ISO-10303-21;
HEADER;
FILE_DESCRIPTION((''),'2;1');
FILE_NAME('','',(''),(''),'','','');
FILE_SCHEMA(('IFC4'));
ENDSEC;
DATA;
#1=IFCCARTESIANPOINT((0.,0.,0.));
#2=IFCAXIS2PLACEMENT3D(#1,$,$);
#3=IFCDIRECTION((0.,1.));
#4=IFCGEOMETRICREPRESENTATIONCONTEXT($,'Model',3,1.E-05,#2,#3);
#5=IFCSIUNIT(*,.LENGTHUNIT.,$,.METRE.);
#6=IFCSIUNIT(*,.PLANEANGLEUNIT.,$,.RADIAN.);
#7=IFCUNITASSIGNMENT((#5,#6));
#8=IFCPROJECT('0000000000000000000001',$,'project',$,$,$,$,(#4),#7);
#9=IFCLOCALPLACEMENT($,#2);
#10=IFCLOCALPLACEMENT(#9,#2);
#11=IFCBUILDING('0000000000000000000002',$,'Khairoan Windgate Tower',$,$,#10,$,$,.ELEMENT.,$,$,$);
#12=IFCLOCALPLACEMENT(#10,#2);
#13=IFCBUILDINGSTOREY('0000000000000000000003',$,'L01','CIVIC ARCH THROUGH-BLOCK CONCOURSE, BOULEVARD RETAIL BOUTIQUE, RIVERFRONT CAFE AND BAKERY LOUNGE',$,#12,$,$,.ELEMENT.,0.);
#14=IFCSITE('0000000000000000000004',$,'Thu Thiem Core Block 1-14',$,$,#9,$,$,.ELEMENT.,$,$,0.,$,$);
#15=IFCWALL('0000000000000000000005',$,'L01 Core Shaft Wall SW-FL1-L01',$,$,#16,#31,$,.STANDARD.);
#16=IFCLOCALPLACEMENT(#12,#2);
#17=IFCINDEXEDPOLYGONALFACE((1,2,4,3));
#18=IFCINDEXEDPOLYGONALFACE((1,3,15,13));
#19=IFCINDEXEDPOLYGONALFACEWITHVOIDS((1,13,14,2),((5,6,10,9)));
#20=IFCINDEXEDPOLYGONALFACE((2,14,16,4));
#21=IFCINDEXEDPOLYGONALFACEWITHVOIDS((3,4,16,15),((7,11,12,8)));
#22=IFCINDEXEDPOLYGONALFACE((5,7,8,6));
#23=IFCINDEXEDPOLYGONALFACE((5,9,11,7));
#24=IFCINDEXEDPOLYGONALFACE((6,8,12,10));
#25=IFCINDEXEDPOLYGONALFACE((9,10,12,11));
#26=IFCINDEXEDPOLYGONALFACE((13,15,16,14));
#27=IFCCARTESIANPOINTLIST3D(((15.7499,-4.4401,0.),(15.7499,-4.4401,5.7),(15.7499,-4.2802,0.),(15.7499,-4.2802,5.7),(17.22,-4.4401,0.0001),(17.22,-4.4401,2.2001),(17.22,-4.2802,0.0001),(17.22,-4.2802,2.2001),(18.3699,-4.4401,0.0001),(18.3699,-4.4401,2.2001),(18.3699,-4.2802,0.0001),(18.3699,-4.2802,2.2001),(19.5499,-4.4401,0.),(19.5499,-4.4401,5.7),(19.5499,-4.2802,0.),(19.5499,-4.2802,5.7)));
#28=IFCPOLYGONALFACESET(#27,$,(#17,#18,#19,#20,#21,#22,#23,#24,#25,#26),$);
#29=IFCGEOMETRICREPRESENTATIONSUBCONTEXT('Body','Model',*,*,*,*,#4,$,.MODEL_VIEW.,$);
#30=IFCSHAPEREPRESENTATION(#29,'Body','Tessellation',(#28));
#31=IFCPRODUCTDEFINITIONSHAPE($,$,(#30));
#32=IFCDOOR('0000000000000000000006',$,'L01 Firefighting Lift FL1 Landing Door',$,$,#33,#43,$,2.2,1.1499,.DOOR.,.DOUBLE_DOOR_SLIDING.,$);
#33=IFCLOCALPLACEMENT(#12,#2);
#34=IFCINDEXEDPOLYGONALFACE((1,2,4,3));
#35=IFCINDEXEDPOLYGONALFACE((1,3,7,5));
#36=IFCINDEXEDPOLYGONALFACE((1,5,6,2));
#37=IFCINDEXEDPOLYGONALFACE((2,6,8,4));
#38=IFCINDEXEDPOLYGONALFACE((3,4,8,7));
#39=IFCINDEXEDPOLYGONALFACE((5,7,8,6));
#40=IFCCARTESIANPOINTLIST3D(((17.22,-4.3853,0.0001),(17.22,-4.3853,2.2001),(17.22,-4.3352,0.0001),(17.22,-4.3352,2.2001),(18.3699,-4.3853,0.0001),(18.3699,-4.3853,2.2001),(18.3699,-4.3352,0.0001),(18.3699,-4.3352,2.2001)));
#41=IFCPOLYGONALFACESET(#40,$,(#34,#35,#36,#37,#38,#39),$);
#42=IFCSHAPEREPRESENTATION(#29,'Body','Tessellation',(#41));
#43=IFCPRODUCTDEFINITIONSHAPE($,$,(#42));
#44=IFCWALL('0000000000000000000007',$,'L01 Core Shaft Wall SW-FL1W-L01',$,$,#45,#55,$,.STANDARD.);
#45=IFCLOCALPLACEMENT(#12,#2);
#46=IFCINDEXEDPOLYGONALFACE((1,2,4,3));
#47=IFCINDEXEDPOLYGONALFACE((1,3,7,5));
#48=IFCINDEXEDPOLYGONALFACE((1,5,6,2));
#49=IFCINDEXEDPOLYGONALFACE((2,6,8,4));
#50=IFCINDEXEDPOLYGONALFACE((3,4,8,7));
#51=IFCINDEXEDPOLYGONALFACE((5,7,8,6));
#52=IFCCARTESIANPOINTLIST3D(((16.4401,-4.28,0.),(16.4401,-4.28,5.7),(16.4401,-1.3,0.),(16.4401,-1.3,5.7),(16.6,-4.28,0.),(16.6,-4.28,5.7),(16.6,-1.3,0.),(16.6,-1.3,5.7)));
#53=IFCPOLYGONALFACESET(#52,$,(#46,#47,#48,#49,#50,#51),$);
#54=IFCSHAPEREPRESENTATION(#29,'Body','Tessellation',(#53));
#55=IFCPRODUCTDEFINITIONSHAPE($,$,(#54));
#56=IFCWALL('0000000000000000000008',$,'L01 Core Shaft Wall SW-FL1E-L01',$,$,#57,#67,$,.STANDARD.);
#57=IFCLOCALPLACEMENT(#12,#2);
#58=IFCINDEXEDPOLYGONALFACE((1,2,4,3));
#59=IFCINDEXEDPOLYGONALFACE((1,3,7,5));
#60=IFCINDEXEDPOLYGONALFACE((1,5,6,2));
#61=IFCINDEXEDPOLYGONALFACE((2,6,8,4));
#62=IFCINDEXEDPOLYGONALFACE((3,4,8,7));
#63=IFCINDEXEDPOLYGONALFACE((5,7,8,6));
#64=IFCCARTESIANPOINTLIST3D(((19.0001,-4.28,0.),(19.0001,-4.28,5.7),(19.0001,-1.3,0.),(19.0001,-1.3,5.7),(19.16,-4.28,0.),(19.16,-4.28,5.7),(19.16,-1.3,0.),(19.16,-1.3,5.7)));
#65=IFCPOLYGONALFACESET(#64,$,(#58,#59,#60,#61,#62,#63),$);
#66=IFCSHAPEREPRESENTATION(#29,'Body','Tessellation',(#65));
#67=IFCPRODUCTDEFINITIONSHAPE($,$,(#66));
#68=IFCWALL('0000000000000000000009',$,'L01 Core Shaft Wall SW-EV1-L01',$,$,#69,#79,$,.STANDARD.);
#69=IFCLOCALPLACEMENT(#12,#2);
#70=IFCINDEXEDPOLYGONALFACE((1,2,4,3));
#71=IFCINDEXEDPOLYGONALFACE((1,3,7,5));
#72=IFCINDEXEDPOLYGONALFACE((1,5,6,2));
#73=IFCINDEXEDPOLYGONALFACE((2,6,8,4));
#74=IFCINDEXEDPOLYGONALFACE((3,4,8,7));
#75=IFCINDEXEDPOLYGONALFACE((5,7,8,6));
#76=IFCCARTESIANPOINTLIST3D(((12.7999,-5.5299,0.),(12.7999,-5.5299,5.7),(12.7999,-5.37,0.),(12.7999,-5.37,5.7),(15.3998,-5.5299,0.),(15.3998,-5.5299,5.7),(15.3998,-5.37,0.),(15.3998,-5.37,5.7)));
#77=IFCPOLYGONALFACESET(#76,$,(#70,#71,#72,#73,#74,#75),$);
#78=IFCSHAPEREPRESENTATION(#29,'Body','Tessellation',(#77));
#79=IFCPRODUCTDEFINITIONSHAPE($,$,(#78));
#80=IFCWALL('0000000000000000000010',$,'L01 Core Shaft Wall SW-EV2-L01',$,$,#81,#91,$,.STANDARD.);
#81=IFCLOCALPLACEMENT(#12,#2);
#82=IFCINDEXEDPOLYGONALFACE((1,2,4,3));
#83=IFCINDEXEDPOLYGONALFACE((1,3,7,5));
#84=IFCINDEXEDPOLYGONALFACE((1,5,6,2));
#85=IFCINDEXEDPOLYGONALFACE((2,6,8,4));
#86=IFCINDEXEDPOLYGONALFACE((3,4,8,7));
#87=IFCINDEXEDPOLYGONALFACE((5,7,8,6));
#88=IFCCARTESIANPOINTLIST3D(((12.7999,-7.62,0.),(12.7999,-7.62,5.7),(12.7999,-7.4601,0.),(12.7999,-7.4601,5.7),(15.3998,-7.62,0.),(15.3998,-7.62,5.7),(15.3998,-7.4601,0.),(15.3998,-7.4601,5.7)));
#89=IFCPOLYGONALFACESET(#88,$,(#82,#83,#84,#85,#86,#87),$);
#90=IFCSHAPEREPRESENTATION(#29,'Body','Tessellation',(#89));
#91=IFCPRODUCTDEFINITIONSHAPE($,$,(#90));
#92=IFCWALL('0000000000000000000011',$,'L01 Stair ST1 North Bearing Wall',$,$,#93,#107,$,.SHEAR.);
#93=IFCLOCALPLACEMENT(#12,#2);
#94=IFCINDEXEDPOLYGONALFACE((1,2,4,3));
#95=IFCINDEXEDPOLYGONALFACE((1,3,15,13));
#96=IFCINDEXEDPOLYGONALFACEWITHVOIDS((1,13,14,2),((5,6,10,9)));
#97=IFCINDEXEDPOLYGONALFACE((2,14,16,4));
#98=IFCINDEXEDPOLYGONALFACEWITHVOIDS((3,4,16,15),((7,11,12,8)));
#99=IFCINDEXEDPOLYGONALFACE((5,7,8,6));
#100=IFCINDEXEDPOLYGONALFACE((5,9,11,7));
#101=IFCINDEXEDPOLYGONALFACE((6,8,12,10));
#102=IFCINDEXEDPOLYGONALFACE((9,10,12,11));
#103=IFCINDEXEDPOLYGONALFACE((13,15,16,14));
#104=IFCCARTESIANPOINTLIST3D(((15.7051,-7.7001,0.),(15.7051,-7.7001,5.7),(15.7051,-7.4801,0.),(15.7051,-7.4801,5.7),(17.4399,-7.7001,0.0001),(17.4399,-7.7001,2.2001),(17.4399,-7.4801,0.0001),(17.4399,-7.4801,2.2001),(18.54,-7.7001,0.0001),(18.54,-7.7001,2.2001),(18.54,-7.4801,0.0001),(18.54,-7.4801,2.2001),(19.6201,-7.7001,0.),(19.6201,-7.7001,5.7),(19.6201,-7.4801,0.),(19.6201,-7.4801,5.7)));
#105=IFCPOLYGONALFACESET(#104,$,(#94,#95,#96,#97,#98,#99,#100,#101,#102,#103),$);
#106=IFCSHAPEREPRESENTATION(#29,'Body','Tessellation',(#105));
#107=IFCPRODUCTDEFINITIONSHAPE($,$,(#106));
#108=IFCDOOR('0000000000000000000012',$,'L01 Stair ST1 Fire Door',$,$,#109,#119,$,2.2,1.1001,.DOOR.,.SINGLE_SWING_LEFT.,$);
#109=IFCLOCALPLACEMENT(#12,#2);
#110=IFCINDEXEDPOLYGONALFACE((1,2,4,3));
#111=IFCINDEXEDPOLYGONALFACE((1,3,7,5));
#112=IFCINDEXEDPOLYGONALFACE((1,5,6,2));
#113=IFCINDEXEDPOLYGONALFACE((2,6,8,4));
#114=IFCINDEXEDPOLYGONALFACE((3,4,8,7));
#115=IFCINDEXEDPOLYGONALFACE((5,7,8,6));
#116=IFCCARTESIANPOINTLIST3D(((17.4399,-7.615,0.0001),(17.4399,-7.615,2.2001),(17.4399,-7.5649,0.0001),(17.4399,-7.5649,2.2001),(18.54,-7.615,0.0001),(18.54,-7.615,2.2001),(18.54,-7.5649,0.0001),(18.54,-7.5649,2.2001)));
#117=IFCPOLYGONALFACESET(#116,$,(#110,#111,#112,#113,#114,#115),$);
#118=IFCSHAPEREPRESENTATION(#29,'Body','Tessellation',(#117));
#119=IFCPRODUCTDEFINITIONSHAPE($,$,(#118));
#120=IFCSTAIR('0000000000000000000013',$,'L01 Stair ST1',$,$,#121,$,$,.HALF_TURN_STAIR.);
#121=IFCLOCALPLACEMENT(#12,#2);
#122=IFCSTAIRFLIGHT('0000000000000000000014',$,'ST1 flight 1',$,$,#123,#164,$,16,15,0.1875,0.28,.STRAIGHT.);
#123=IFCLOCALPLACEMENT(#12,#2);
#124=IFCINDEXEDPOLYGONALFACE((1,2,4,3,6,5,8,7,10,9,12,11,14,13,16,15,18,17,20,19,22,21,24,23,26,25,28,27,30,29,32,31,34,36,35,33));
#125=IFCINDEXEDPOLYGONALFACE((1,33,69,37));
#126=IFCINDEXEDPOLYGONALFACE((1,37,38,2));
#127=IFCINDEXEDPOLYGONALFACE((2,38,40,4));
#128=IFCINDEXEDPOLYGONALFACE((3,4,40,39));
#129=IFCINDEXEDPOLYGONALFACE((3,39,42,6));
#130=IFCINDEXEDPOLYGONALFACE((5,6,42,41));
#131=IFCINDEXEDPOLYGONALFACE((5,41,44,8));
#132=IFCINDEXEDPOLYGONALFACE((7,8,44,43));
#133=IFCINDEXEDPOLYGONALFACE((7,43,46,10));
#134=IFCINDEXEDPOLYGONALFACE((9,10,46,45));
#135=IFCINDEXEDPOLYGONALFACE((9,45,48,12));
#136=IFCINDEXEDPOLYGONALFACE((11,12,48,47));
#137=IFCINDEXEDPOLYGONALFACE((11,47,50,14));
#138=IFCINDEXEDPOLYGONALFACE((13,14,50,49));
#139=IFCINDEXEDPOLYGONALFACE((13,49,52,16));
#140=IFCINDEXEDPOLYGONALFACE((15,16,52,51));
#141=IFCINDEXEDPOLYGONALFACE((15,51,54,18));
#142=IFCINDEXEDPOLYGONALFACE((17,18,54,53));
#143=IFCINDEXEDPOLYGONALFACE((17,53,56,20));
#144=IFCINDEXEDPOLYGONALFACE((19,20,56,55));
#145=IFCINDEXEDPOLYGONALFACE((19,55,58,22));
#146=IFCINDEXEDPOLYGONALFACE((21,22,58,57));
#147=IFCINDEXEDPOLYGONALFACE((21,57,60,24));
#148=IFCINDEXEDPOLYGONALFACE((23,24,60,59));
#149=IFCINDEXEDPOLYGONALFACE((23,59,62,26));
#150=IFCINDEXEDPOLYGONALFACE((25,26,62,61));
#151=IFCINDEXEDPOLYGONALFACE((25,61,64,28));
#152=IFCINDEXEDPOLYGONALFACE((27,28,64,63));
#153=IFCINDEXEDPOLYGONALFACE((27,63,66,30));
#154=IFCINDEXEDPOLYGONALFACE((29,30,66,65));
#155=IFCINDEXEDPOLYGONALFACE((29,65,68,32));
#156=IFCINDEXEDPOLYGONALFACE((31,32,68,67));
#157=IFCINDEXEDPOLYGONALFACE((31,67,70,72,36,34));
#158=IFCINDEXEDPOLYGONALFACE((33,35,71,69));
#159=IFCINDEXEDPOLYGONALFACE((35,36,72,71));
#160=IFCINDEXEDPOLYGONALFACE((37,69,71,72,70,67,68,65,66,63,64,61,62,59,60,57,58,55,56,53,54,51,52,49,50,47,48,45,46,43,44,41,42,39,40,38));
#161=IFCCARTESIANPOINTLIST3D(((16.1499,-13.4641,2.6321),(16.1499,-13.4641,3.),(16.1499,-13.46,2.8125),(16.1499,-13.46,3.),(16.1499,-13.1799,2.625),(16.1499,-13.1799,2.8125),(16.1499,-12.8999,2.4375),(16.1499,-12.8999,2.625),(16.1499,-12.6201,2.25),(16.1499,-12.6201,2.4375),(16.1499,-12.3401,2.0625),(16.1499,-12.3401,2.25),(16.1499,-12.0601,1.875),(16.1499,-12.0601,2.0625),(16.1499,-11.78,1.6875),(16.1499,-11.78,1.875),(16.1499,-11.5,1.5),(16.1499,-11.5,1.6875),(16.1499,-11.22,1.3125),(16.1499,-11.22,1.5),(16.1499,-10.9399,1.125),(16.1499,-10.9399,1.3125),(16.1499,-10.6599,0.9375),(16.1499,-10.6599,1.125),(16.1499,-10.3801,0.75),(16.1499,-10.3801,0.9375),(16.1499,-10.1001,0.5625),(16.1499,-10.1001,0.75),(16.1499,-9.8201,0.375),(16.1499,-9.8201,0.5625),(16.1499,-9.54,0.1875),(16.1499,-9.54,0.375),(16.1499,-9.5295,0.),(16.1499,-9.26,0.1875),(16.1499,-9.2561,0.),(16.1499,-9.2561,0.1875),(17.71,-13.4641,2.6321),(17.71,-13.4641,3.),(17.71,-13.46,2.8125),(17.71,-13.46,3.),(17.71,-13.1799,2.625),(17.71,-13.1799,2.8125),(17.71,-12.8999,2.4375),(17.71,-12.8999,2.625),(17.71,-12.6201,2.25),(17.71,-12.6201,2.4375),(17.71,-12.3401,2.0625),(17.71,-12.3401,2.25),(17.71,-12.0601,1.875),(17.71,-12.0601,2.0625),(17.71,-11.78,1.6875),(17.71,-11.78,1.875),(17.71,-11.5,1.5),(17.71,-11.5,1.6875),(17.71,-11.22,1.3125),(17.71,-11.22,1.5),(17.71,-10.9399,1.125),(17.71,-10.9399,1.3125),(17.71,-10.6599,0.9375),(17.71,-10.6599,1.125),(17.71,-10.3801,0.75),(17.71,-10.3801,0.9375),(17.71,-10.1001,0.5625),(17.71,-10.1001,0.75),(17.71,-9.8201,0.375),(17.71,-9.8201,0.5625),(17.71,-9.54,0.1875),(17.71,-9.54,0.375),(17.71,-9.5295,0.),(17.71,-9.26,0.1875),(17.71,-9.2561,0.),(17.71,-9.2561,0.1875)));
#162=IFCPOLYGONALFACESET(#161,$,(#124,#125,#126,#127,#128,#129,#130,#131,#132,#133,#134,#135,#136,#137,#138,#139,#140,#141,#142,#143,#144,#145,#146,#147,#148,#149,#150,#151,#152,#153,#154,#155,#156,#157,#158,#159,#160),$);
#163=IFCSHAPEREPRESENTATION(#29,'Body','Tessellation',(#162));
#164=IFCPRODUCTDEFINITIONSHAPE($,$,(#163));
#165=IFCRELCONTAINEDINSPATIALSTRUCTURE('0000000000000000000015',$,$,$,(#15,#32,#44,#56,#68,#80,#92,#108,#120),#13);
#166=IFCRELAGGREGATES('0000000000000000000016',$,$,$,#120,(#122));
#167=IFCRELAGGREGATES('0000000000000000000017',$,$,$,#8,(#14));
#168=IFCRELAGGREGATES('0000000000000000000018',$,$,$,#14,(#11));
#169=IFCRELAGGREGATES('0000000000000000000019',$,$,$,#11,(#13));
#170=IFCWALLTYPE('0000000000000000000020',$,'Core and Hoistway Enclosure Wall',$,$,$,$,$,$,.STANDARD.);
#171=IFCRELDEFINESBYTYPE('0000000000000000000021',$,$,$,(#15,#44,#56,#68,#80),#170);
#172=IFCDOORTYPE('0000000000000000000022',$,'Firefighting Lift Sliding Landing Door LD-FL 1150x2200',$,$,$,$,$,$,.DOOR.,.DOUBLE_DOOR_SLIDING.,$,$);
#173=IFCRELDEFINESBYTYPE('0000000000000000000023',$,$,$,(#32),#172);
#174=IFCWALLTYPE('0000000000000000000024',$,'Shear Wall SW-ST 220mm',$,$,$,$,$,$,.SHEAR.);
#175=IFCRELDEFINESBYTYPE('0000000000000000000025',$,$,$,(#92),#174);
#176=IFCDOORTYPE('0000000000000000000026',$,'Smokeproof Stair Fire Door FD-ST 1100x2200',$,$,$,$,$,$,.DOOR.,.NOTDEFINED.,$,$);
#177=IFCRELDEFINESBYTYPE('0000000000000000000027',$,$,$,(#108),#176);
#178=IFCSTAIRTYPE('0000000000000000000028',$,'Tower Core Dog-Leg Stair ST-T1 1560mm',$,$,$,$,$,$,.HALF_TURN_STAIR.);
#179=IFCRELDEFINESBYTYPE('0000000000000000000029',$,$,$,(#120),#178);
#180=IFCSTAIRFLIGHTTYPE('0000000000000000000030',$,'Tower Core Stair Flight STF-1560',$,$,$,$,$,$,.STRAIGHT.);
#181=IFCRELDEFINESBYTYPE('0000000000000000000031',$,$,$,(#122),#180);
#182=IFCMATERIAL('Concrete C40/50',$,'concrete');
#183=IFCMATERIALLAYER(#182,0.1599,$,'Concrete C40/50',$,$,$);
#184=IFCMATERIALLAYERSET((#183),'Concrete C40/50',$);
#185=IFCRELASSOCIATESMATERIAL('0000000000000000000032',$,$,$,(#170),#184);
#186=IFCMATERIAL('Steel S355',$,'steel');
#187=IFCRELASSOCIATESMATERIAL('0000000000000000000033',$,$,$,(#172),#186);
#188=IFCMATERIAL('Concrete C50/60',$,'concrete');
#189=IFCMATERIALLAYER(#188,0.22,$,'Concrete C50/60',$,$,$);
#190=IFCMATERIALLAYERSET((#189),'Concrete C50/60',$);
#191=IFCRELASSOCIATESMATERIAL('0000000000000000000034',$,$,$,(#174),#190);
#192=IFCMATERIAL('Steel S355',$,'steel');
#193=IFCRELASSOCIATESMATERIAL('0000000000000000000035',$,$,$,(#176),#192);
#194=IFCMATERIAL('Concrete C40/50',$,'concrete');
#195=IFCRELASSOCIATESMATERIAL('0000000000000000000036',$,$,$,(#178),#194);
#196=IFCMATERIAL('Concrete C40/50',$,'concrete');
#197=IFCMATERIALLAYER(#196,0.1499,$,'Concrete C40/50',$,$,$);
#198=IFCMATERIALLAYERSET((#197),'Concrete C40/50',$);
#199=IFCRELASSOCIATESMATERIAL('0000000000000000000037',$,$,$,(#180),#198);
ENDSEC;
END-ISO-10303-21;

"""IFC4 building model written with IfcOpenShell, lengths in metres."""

from ifc_helpers import new_model, si_unit, direction, frame, frame_2d, origin, place, context, subcontext, project, spatial, polyline, rectangle, outline, extrude, material, layer, layer_set, type_object, element, fill, aggregate, save


model = new_model("IFC4")

# Units and contexts
model_context = context("Model", 3, precision=1e-05, world=origin(), true_north=direction((0.0, 1.0)))
body_context = subcontext(model_context, "Body", "Model", "MODEL_VIEW")
ifc_project = project(units=[si_unit("LENGTHUNIT", "METRE"), si_unit("PLANEANGLEUNIT", "RADIAN")], contexts=[model_context])

# Site, building, storey
site_placement = place(None, origin())
site = spatial("IfcSite", under=ifc_project, at=site_placement, Name="Thu Thiem Core Block 1-14", CompositionType="ELEMENT", RefElevation=0.0)
building_placement = place(site_placement, origin())
building = spatial("IfcBuilding", under=site, at=building_placement, Name="Khairoan Windgate Tower", CompositionType="ELEMENT")
storey_placement = place(building_placement, origin())
storey = spatial("IfcBuildingStorey", under=building, at=storey_placement, Name="L01", Description="CIVIC ARCH THROUGH-BLOCK CONCOURSE, BOULEVARD RETAIL BOUTIQUE, RIVERFRONT CAFE AND BAKERY LOUNGE", CompositionType="ELEMENT", Elevation=0.0)

# Shared definitions
ifc_material_1 = material(Name="Concrete C40/50", Category="concrete")
ifc_layer_1 = layer(ifc_material_1, 0.1599, Name="Concrete C40/50")
ifc_layer_set_1 = layer_set([ifc_layer_1], Name="Concrete C40/50")
wall_type_1 = type_object("IfcWallType", Name="Core and Hoistway Enclosure Wall", PredefinedType="STANDARD", material=ifc_layer_set_1)

# Wall, opening, door
wall_1_placement = place(storey_placement, frame((15.75, -4.3601, 0.0), z_axis=(0.0, 0.0, 1.0), x_axis=(1.0, 0.0, 0.0)))
wall_1 = element("IfcWall", 1, at=wall_1_placement, inside=storey, type_object=wall_type_1, Name="L01 Core Shaft Wall SW-FL1-L01", PredefinedType="STANDARD", context=body_context, shape_type="SweptSolid", body=[
    extrude(rectangle(XDim=3.8, YDim=0.1599, at=frame_2d((1.8999, 0.0))), origin(), (0.0, 0.0, 1.0), 5.7),
])
opening_1_placement = place(wall_1_placement, frame((1.47, 0.0, 0.0)))
opening_1 = element("IfcOpeningElement", 2, at=opening_1_placement, cuts=wall_1, PredefinedType="OPENING", context=body_context, shape_type="SweptSolid", body=[
    extrude(rectangle(XDim=1.1499, YDim=2.2, at=frame_2d((0.575, 1.1001))), frame((0.0, 0.0898, 0.0), z_axis=(0.0, -1.0, 0.0), x_axis=(1.0, 0.0, 0.0)), (0.0, 0.0, 1.0), 0.1799),
])
ifc_material_2 = material(Name="Steel S355", Category="steel")
door_type_1 = type_object("IfcDoorType", Name="Firefighting Lift Sliding Landing Door LD-FL 1150x2200", OperationType="DOUBLE_DOOR_SLIDING", PredefinedType="DOOR", material=ifc_material_2)
door_1_placement = place(opening_1_placement, origin())
door_1 = element("IfcDoor", 3, at=door_1_placement, inside=storey, type_object=door_type_1, Name="L01 Firefighting Lift FL1 Landing Door", OperationType="DOUBLE_DOOR_SLIDING", OverallHeight=2.2, OverallWidth=1.1499, PredefinedType="DOOR", context=body_context, shape_type="SweptSolid", body=[
    extrude(rectangle(XDim=1.1499, YDim=2.2, at=frame_2d((0.575, 1.1001))), frame((0.0, 0.0249, 0.0), z_axis=(0.0, -1.0, 0.0), x_axis=(1.0, 0.0, 0.0)), (0.0, 0.0, 1.0), 0.05),
])
fill(opening_1, door_1)

# Walls
for number, where, z_axis, x_axis, name in (
    (4, (16.52, -4.28, 0.0), (0.0, 0.0, 1.0), (0.0, 1.0, 0.0), "L01 Core Shaft Wall SW-FL1W-L01"),
    (5, (19.0801, -4.28, 0.0), (0.0, 0.0, 1.0), (0.0, 1.0, 0.0), "L01 Core Shaft Wall SW-FL1E-L01"),
):
    element("IfcWall", number, at=place(storey_placement, frame(where, z_axis=z_axis, x_axis=x_axis)), inside=storey, type_object=wall_type_1, Name=name, PredefinedType="STANDARD", context=body_context, shape_type="SweptSolid", body=[
        extrude(rectangle(XDim=2.98, YDim=0.1599, at=frame_2d((1.49, 0.0))), origin(), (0.0, 0.0, 1.0), 5.7),
    ])
for number, where, z_axis, x_axis, name in (
    (6, (12.8, -5.45, 0.0), (0.0, 0.0, 1.0), (1.0, 0.0, 0.0), "L01 Core Shaft Wall SW-EV1-L01"),
    (7, (12.8, -7.54, 0.0), (0.0, 0.0, 1.0), (1.0, 0.0, 0.0), "L01 Core Shaft Wall SW-EV2-L01"),
):
    element("IfcWall", number, at=place(storey_placement, frame(where, z_axis=z_axis, x_axis=x_axis)), inside=storey, type_object=wall_type_1, Name=name, PredefinedType="STANDARD", context=body_context, shape_type="SweptSolid", body=[
        extrude(rectangle(XDim=2.5999, YDim=0.1599, at=frame_2d((1.2998, 0.0))), origin(), (0.0, 0.0, 1.0), 5.7),
    ])

# Wall, opening, door
ifc_material_3 = material(Name="Concrete C50/60", Category="concrete")
ifc_layer_2 = layer(ifc_material_3, 0.22, Name="Concrete C50/60")
ifc_layer_set_2 = layer_set([ifc_layer_2], Name="Concrete C50/60")
wall_type_2 = type_object("IfcWallType", Name="Shear Wall SW-ST 220mm", PredefinedType="SHEAR", material=ifc_layer_set_2)
wall_2_placement = place(storey_placement, frame((19.6201, -7.5901, 0.0), z_axis=(0.0, 0.0, 1.0), x_axis=(-1.0, 0.0, 0.0)))
wall_2 = element("IfcWall", 8, at=wall_2_placement, inside=storey, type_object=wall_type_2, Name="L01 Stair ST1 North Bearing Wall", PredefinedType="SHEAR", context=body_context, shape_type="SweptSolid", body=[
    extrude(rectangle(XDim=3.915, YDim=0.22, at=frame_2d((1.9575, 0.0))), origin(), (0.0, 0.0, 1.0), 5.7),
])
opening_2_placement = place(wall_2_placement, frame((1.0801, 0.0, 0.0)))
opening_2 = element("IfcOpeningElement", 9, at=opening_2_placement, cuts=wall_2, PredefinedType="OPENING", context=body_context, shape_type="SweptSolid", body=[
    extrude(rectangle(XDim=1.1001, YDim=2.2, at=frame_2d((0.55, 1.1001))), frame((0.0, 0.1199, 0.0), z_axis=(0.0, -1.0, 0.0), x_axis=(1.0, 0.0, 0.0)), (0.0, 0.0, 1.0), 0.24),
])
ifc_material_4 = material(Name="Steel S355", Category="steel")
door_type_2 = type_object("IfcDoorType", Name="Smokeproof Stair Fire Door FD-ST 1100x2200", OperationType="NOTDEFINED", PredefinedType="DOOR", material=ifc_material_4)
door_2_placement = place(opening_2_placement, origin())
door_2 = element("IfcDoor", 10, at=door_2_placement, inside=storey, type_object=door_type_2, Name="L01 Stair ST1 Fire Door", OperationType="SINGLE_SWING_LEFT", OverallHeight=2.2, OverallWidth=1.1001, PredefinedType="DOOR", context=body_context, shape_type="SweptSolid", body=[
    extrude(rectangle(XDim=1.1001, YDim=2.2, at=frame_2d((0.55, 1.1001))), frame((0.0, 0.0249, 0.0), z_axis=(0.0, -1.0, 0.0), x_axis=(1.0, 0.0, 0.0)), (0.0, 0.0, 1.0), 0.05),
])
fill(opening_2, door_2)

# Stair, stair flight
ifc_material_5 = material(Name="Concrete C40/50", Category="concrete")
stair_type = type_object("IfcStairType", Name="Tower Core Dog-Leg Stair ST-T1 1560mm", PredefinedType="HALF_TURN_STAIR", material=ifc_material_5)
stair_placement = place(storey_placement, origin())
stair = element("IfcStair", 11, at=stair_placement, inside=storey, type_object=stair_type, Name="L01 Stair ST1", PredefinedType="HALF_TURN_STAIR")
ifc_material_6 = material(Name="Concrete C40/50", Category="concrete")
ifc_layer_3 = layer(ifc_material_6, 0.1499, Name="Concrete C40/50")
ifc_layer_set_3 = layer_set([ifc_layer_3], Name="Concrete C40/50")
stair_flight_type = type_object("IfcStairFlightType", Name="Tower Core Stair Flight STF-1560", PredefinedType="STRAIGHT", material=ifc_layer_set_3)
stair_flight_1_placement = place(storey_placement, frame((16.9299, -9.26, 0.0), z_axis=(0.0, 0.0, 1.0), x_axis=(0.0, -1.0, 0.0)))
stair_flight_1 = element("IfcStairFlight", 12, at=stair_flight_1_placement, type_object=stair_flight_type, Name="ST1 flight 1", NumberOfRisers=16, NumberOfTreads=15, PredefinedType="STRAIGHT", RiserHeight=0.1875, TreadLength=0.28, context=body_context, shape_type="SweptSolid", body=[
    extrude(outline(polyline([(-0.0039, 0.0), (-0.0039, 0.1875), (0.0, 0.1875), (0.28, 0.1875), (0.28, 0.375), (0.5601, 0.375), (0.5601, 0.5625), (0.8401, 0.5625), (0.8401, 0.75), (1.1201, 0.75), (1.1201, 0.9375), (1.3999, 0.9375), (1.3999, 1.125), (1.6799, 1.125), (1.6799, 1.3125), (1.96, 1.3125), (1.96, 1.5), (2.24, 1.5), (2.24, 1.6875), (2.52, 1.6875), (2.52, 1.875), (2.8, 1.875), (2.8, 2.0625), (3.0801, 2.0625), (3.0801, 2.25), (3.3601, 2.25), (3.3601, 2.4375), (3.6399, 2.4375), (3.6399, 2.625), (3.9199, 2.625), (3.9199, 2.8125), (4.2, 2.8125), (4.2, 3.0), (4.2041, 3.0), (4.2041, 2.6321), (0.2695, 0.0), (-0.0039, 0.0)])), frame((0.0, 0.78, 0.0), z_axis=(0.0, -1.0, 0.0), x_axis=(1.0, 0.0, 0.0)), (0.0, 0.0, 1.0), 1.5601),
])
aggregate(stair, [stair_flight_1])

save(model, "model.ifc")
